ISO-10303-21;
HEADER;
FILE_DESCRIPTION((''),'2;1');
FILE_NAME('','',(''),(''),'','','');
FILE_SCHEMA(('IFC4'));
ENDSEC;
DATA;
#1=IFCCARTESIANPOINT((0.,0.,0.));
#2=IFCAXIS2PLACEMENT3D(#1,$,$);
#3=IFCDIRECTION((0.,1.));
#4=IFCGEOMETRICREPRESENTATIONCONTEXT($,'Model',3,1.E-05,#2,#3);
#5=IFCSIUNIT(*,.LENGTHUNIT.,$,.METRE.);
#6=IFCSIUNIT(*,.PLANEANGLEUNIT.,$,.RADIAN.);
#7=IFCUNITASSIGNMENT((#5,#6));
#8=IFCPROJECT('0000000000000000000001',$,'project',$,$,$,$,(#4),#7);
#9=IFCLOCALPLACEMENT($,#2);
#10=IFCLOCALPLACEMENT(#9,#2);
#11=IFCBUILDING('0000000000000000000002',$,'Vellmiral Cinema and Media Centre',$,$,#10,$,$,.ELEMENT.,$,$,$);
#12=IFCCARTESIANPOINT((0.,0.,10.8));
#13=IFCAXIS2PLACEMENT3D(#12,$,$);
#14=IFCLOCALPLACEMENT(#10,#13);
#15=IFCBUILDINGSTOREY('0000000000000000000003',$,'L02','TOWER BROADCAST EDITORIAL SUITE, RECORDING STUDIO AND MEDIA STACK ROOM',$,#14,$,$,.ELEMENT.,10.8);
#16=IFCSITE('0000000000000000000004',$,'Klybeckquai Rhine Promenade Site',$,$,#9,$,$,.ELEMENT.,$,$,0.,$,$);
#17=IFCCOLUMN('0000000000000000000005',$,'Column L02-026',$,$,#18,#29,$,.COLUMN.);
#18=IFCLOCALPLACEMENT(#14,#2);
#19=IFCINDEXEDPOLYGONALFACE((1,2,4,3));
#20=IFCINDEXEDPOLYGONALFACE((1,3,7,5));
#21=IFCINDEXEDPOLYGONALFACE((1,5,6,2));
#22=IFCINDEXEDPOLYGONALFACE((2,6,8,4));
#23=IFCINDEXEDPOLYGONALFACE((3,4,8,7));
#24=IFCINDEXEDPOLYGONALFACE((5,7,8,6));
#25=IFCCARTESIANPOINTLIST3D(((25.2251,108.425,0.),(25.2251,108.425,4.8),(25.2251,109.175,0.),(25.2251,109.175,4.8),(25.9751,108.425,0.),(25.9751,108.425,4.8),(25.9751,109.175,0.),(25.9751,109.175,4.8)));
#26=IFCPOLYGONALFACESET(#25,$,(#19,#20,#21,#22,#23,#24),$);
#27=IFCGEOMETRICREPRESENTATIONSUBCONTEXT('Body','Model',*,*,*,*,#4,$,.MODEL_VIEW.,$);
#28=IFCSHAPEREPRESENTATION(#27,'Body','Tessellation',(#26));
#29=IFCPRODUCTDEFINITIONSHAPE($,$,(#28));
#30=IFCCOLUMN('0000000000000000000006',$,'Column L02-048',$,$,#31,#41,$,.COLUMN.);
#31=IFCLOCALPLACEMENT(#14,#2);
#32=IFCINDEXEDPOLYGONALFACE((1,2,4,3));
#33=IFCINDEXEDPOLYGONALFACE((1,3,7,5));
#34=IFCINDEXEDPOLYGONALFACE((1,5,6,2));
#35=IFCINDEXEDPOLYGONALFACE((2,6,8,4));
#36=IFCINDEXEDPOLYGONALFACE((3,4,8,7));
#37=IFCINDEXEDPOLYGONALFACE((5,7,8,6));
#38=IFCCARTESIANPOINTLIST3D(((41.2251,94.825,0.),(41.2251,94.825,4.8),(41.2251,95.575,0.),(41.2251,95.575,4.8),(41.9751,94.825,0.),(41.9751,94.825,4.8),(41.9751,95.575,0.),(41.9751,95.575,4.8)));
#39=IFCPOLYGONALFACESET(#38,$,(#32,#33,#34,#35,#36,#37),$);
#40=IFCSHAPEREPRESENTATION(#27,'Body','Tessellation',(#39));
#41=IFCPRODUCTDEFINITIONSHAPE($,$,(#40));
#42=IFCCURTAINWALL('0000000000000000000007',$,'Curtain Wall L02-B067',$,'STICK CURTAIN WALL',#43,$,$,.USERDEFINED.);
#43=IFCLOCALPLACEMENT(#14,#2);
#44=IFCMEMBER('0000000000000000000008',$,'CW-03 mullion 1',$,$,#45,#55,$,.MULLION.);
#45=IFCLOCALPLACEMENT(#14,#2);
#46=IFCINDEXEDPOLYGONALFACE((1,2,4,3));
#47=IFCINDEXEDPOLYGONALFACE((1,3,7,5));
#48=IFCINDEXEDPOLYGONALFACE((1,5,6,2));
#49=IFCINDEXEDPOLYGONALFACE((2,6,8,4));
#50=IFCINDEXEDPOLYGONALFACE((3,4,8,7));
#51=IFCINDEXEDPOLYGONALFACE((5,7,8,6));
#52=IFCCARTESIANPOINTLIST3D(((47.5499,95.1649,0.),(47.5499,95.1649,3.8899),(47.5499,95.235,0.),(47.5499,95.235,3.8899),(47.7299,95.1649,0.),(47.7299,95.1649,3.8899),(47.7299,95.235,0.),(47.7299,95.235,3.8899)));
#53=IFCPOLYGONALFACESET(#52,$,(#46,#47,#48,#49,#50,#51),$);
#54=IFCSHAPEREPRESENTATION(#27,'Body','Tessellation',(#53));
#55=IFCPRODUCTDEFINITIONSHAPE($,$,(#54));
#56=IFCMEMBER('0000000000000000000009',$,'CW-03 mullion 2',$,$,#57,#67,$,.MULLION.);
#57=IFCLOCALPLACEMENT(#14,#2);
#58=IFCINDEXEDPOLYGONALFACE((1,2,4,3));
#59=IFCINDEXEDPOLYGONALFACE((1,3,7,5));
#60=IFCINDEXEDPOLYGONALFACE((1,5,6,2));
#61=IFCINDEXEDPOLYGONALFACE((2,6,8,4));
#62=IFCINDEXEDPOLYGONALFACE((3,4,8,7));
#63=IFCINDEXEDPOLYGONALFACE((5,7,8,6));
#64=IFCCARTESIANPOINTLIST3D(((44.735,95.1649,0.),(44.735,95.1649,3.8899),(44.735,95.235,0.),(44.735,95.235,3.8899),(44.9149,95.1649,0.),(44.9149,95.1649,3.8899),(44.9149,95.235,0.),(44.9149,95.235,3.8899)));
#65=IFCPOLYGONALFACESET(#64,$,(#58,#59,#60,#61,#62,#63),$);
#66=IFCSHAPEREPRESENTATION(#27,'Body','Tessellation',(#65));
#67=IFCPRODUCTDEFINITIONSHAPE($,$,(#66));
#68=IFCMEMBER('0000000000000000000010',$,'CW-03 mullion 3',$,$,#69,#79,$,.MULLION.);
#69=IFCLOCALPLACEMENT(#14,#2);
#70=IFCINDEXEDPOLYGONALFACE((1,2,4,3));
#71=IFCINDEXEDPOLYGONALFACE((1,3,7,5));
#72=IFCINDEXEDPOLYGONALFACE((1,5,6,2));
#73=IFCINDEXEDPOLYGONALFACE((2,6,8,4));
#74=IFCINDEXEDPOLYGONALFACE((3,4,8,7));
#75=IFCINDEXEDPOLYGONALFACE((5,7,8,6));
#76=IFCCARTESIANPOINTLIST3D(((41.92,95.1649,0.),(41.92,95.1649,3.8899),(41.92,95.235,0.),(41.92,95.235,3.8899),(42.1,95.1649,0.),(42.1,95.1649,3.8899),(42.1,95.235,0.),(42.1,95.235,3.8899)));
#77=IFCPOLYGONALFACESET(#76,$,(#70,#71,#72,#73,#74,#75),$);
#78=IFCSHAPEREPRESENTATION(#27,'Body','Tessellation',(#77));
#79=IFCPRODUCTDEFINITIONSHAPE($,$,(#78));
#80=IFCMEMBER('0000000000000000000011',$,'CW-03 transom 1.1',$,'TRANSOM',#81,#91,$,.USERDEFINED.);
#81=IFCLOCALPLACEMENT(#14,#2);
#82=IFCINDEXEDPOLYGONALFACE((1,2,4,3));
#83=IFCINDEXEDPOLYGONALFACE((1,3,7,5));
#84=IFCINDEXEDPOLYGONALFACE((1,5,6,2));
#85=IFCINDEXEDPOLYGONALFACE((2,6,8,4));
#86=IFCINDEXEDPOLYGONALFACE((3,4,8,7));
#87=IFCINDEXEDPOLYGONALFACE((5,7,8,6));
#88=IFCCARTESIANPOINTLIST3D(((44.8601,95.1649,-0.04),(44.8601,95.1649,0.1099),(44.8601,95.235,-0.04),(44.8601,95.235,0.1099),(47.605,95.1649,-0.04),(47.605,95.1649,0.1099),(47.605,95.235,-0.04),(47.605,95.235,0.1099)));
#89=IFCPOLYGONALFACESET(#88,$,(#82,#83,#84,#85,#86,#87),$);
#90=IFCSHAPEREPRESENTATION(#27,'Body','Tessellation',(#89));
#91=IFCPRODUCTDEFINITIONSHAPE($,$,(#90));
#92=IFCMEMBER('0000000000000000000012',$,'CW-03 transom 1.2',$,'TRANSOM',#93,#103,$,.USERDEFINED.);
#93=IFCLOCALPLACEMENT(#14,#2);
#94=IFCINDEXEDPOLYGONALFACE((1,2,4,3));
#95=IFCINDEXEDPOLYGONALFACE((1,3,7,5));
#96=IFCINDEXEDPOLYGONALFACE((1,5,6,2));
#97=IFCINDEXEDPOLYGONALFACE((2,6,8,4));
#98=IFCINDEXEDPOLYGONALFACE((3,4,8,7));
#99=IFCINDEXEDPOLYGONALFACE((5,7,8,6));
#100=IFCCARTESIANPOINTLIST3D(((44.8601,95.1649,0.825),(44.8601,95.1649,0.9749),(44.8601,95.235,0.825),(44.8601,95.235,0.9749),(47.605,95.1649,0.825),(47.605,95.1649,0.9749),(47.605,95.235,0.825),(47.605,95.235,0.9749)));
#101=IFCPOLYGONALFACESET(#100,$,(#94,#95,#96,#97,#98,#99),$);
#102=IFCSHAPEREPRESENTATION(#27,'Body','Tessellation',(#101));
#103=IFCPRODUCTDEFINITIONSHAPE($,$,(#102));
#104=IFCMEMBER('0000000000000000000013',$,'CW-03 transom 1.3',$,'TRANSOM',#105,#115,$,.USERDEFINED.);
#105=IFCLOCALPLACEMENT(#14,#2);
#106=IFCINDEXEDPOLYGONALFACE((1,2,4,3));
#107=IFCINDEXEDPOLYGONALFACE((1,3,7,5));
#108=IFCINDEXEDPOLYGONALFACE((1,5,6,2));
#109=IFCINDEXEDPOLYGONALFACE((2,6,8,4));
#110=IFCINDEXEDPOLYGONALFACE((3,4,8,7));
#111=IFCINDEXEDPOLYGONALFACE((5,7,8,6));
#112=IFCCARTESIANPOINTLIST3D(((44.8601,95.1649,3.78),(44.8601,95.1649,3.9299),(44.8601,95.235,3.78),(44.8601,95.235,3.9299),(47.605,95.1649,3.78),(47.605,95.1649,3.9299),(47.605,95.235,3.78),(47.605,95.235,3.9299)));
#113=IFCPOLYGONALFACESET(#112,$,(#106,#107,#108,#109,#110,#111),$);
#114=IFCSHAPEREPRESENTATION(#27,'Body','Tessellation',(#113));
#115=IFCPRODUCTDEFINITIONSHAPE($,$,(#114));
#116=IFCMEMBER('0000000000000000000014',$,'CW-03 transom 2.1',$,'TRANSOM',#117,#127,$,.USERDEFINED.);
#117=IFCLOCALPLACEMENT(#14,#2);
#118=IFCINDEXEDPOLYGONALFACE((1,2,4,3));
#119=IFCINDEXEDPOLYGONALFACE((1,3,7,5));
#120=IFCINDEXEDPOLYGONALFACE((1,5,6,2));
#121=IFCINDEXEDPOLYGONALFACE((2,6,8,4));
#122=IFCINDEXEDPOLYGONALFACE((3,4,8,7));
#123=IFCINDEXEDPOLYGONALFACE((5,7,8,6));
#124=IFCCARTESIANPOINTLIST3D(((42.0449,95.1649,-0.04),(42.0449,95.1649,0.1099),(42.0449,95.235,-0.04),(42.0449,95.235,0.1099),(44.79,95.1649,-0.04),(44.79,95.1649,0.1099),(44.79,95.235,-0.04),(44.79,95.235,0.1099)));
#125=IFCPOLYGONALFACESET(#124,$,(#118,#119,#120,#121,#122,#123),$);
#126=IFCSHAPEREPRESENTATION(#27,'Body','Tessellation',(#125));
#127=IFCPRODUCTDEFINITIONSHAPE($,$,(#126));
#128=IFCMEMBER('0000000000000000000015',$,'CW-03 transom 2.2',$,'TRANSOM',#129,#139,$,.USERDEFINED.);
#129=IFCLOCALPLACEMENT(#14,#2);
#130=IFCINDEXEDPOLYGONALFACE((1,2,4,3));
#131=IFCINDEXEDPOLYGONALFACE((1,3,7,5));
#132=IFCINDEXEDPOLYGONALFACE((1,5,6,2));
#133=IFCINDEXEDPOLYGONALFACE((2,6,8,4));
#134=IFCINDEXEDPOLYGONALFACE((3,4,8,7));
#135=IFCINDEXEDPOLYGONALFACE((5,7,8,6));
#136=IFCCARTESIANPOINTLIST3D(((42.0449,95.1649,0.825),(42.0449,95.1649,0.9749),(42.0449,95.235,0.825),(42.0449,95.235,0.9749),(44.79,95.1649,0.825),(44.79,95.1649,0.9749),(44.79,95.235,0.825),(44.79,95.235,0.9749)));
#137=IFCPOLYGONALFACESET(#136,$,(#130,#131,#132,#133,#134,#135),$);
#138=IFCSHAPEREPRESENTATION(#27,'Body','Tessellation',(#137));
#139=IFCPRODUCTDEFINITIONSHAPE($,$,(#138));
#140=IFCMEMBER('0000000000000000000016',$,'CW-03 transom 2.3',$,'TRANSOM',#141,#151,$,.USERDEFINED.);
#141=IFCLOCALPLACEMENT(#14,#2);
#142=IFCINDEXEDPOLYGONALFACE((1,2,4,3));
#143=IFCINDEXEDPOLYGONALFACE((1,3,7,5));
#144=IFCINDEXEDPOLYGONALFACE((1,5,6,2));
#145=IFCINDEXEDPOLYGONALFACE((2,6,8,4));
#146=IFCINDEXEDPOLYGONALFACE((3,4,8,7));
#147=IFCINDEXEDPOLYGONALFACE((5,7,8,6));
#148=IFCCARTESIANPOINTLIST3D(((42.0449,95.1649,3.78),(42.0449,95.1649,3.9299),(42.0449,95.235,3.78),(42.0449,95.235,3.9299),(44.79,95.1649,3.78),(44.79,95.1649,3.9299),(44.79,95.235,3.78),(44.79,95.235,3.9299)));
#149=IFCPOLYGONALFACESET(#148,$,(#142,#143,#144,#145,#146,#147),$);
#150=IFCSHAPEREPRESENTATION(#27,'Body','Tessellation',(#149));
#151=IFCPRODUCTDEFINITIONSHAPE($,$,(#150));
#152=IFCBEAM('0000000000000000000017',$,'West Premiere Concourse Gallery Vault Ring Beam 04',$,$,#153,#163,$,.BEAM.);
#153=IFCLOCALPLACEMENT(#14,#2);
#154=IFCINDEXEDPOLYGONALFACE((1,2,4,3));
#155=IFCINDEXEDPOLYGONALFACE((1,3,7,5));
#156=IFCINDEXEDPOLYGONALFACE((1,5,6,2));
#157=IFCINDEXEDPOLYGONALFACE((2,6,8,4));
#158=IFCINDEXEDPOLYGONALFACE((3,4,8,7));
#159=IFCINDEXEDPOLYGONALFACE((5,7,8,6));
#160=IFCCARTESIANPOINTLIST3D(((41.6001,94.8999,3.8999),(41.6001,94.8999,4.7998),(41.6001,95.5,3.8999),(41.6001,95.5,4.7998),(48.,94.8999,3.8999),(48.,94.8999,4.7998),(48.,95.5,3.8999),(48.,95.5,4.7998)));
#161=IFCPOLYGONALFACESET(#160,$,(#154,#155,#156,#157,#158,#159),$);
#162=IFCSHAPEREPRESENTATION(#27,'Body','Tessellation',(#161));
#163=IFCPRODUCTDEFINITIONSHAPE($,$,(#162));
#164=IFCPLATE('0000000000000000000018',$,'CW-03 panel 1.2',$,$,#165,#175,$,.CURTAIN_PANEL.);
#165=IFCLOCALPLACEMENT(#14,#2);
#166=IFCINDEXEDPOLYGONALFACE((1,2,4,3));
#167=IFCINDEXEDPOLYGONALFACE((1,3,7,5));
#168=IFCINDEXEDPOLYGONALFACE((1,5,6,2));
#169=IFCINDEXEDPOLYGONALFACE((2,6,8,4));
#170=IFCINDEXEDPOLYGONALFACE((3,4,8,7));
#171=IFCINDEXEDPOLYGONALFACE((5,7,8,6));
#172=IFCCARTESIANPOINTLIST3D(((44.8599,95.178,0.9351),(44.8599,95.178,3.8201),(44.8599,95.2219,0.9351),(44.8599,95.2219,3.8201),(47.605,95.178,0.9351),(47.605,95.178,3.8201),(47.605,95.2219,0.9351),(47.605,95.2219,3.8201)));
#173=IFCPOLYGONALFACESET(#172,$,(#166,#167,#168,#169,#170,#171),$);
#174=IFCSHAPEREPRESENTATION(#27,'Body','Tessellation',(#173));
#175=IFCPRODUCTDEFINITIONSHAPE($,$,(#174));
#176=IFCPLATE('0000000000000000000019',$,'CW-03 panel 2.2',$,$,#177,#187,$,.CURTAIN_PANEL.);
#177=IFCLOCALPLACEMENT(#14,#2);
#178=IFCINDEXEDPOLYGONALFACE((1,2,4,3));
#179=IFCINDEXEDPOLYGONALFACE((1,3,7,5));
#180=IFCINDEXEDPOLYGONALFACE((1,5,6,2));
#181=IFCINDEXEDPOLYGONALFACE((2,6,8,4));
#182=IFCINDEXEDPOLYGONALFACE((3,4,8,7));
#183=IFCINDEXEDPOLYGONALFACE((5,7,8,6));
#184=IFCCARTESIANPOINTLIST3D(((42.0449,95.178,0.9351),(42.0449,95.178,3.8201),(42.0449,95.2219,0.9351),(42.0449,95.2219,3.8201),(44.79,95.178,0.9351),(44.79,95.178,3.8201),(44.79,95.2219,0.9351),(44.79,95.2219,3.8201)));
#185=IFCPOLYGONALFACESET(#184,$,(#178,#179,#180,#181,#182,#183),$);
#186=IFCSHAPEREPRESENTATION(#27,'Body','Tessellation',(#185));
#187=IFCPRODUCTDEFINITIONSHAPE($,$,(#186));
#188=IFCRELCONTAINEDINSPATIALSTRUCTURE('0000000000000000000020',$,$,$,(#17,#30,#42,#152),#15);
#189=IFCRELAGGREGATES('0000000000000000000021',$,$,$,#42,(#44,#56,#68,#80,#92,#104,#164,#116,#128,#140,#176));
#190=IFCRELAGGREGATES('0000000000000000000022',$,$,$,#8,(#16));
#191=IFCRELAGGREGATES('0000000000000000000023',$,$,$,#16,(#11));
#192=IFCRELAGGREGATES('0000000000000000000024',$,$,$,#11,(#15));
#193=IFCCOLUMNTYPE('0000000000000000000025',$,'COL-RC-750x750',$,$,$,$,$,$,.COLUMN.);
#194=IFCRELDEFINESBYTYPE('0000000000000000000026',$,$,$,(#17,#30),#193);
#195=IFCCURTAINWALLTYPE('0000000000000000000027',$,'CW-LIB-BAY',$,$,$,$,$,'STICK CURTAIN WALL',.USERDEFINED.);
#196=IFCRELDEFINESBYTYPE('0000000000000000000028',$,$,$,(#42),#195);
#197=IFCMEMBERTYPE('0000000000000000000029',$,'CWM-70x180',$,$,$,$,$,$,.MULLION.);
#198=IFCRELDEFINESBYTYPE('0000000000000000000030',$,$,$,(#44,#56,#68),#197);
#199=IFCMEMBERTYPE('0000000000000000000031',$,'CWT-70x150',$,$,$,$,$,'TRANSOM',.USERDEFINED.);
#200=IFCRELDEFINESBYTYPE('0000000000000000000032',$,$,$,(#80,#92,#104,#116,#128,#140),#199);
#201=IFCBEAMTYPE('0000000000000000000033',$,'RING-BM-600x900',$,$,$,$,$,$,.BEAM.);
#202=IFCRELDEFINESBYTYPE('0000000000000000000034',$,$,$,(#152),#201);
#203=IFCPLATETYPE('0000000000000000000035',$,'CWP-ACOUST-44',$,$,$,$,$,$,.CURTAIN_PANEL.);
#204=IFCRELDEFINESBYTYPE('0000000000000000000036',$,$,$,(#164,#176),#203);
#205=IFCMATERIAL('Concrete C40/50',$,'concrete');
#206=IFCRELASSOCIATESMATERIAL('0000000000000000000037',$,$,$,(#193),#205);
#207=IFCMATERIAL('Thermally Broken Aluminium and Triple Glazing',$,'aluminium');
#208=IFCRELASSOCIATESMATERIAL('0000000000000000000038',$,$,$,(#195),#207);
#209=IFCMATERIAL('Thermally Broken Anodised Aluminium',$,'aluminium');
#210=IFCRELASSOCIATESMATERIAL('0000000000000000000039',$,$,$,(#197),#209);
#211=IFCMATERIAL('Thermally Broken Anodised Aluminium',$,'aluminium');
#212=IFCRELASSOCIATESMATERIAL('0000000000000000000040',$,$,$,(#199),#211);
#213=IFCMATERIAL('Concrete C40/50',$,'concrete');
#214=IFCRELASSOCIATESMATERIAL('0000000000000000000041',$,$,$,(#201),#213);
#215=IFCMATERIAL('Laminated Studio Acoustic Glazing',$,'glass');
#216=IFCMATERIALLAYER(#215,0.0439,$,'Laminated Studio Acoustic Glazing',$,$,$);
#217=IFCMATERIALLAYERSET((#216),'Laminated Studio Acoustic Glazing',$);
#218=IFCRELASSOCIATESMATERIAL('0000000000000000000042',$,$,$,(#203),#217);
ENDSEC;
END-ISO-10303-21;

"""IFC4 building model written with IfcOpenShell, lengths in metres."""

from ifc_helpers import new_model, si_unit, direction, frame, origin, origin_2d, place, context, subcontext, project, spatial, rectangle, extrude, material, layer, layer_set, material_profile, profile_set, type_object, element, aggregate, save


model = new_model("IFC4")

# Units and contexts
model_context = context("Model", 3, precision=1e-05, world=origin(), true_north=direction((0.0, 1.0)))
body_context = subcontext(model_context, "Body", "Model", "MODEL_VIEW")
ifc_project = project(units=[si_unit("LENGTHUNIT", "METRE"), si_unit("PLANEANGLEUNIT", "RADIAN")], contexts=[model_context])

# Site, building, storey
site_placement = place(None, origin())
site = spatial("IfcSite", under=ifc_project, at=site_placement, Name="Klybeckquai Rhine Promenade Site", CompositionType="ELEMENT", RefElevation=0.0)
building_placement = place(site_placement, origin())
building = spatial("IfcBuilding", under=site, at=building_placement, Name="Vellmiral Cinema and Media Centre", CompositionType="ELEMENT")
storey_placement = place(building_placement, frame((0.0, 0.0, 10.8)))
storey = spatial("IfcBuildingStorey", under=building, at=storey_placement, Name="L02", Description="TOWER BROADCAST EDITORIAL SUITE, RECORDING STUDIO AND MEDIA STACK ROOM", CompositionType="ELEMENT", Elevation=10.8)

# Columns
ifc_material_1 = material(Name="Concrete C40/50", Category="concrete")
ifc_material_profile_1 = material_profile(ifc_material_1, rectangle(XDim=0.75, YDim=0.75, at=origin_2d()), Name="RC 750x750")
ifc_profile_set_1 = profile_set([ifc_material_profile_1], Name="Concrete C40/50")
column_type = type_object("IfcColumnType", Name="COL-RC-750x750", PredefinedType="COLUMN", material=ifc_profile_set_1)
for number, where, z_axis, x_axis, name in (
    (1, (25.6001, 108.8, 0.0), (0.0, 0.0, 1.0), (1.0, 0.0, 0.0), "Column L02-026"),
    (2, (41.6001, 95.2, 0.0), (0.0, 0.0, 1.0), (1.0, 0.0, 0.0), "Column L02-048"),
):
    element("IfcColumn", number, at=place(storey_placement, frame(where, z_axis=z_axis, x_axis=x_axis)), inside=storey, type_object=column_type, Name=name, PredefinedType="COLUMN", context=body_context, shape_type="SweptSolid", body=[
        extrude(rectangle(XDim=0.75, YDim=0.75, at=origin_2d()), origin(), (0.0, 0.0, 1.0), 4.8),
    ])

# Curtain wall, members
ifc_material_2 = material(Name="Thermally Broken Aluminium and Triple Glazing", Category="aluminium")
curtain_wall_type = type_object("IfcCurtainWallType", Name="CW-LIB-BAY", ElementType="STICK CURTAIN WALL", PredefinedType="USERDEFINED", material=ifc_material_2)
curtain_wall_placement = place(storey_placement, origin())
curtain_wall = element("IfcCurtainWall", 3, at=curtain_wall_placement, inside=storey, type_object=curtain_wall_type, Name="Curtain Wall L02-B067", ObjectType="STICK CURTAIN WALL", PredefinedType="USERDEFINED")
ifc_material_3 = material(Name="Thermally Broken Anodised Aluminium", Category="aluminium")
ifc_material_profile_2 = material_profile(ifc_material_3, rectangle(XDim=0.0701, YDim=0.1799, at=origin_2d()), Name="MULL 70x180")
ifc_profile_set_2 = profile_set([ifc_material_profile_2], Name="Thermally Broken Anodised Aluminium")
member_type_1 = type_object("IfcMemberType", Name="CWM-70x180", PredefinedType="MULLION", material=ifc_profile_set_2)
member_1_placement = place(storey_placement, frame((47.6399, 95.2, 0.0), z_axis=(0.0, 0.0, 1.0), x_axis=(0.0, -1.0, 0.0)))
member_1 = element("IfcMember", 4, at=member_1_placement, type_object=member_type_1, Name="CW-03 mullion 1", PredefinedType="MULLION", context=body_context, shape_type="SweptSolid", body=[
    extrude(rectangle(XDim=0.0701, YDim=0.1799, at=origin_2d()), origin(), (0.0, 0.0, 1.0), 3.8899),
])
member_2_placement = place(storey_placement, frame((44.825, 95.2, 0.0), z_axis=(0.0, 0.0, 1.0), x_axis=(0.0, -1.0, 0.0)))
member_2 = element("IfcMember", 5, at=member_2_placement, type_object=member_type_1, Name="CW-03 mullion 2", PredefinedType="MULLION", context=body_context, shape_type="SweptSolid", body=[
    extrude(rectangle(XDim=0.0701, YDim=0.1799, at=origin_2d()), origin(), (0.0, 0.0, 1.0), 3.8899),
])
member_3_placement = place(storey_placement, frame((42.01, 95.2, 0.0), z_axis=(0.0, 0.0, 1.0), x_axis=(0.0, -1.0, 0.0)))
member_3 = element("IfcMember", 6, at=member_3_placement, type_object=member_type_1, Name="CW-03 mullion 3", PredefinedType="MULLION", context=body_context, shape_type="SweptSolid", body=[
    extrude(rectangle(XDim=0.0701, YDim=0.1799, at=origin_2d()), origin(), (0.0, 0.0, 1.0), 3.8899),
])
ifc_material_4 = material(Name="Thermally Broken Anodised Aluminium", Category="aluminium")
ifc_material_profile_3 = material_profile(ifc_material_4, rectangle(XDim=0.0701, YDim=0.1499, at=origin_2d()), Name="MULL 70x150")
ifc_profile_set_3 = profile_set([ifc_material_profile_3], Name="Thermally Broken Anodised Aluminium")
member_type_2 = type_object("IfcMemberType", Name="CWT-70x150", ElementType="TRANSOM", PredefinedType="USERDEFINED", material=ifc_profile_set_3)
member_4_placement = place(storey_placement, frame((47.605, 95.2, 0.0349), z_axis=(-1.0, 0.0, 0.0), x_axis=(0.0, -1.0, 0.0)))
member_4 = element("IfcMember", 7, at=member_4_placement, type_object=member_type_2, Name="CW-03 transom 1.1", ObjectType="TRANSOM", PredefinedType="USERDEFINED", context=body_context, shape_type="SweptSolid", body=[
    extrude(rectangle(XDim=0.0701, YDim=0.1499, at=origin_2d()), origin(), (0.0, 0.0, 1.0), 2.7449),
])
member_5_placement = place(storey_placement, frame((47.605, 95.2, 0.8999), z_axis=(-1.0, 0.0, 0.0), x_axis=(0.0, -1.0, 0.0)))
member_5 = element("IfcMember", 8, at=member_5_placement, type_object=member_type_2, Name="CW-03 transom 1.2", ObjectType="TRANSOM", PredefinedType="USERDEFINED", context=body_context, shape_type="SweptSolid", body=[
    extrude(rectangle(XDim=0.0701, YDim=0.1499, at=origin_2d()), origin(), (0.0, 0.0, 1.0), 2.7449),
])
member_6_placement = place(storey_placement, frame((47.605, 95.2, 3.855), z_axis=(-1.0, 0.0, 0.0), x_axis=(0.0, -1.0, 0.0)))
member_6 = element("IfcMember", 9, at=member_6_placement, type_object=member_type_2, Name="CW-03 transom 1.3", ObjectType="TRANSOM", PredefinedType="USERDEFINED", context=body_context, shape_type="SweptSolid", body=[
    extrude(rectangle(XDim=0.0701, YDim=0.1499, at=origin_2d()), origin(), (0.0, 0.0, 1.0), 2.7449),
])
member_7_placement = place(storey_placement, frame((44.79, 95.2, 0.0349), z_axis=(-1.0, 0.0, 0.0), x_axis=(0.0, -1.0, 0.0)))
member_7 = element("IfcMember", 10, at=member_7_placement, type_object=member_type_2, Name="CW-03 transom 2.1", ObjectType="TRANSOM", PredefinedType="USERDEFINED", context=body_context, shape_type="SweptSolid", body=[
    extrude(rectangle(XDim=0.0701, YDim=0.1499, at=origin_2d()), origin(), (0.0, 0.0, 1.0), 2.7451),
])
member_8_placement = place(storey_placement, frame((44.79, 95.2, 0.8999), z_axis=(-1.0, 0.0, 0.0), x_axis=(0.0, -1.0, 0.0)))
member_8 = element("IfcMember", 11, at=member_8_placement, type_object=member_type_2, Name="CW-03 transom 2.2", ObjectType="TRANSOM", PredefinedType="USERDEFINED", context=body_context, shape_type="SweptSolid", body=[
    extrude(rectangle(XDim=0.0701, YDim=0.1499, at=origin_2d()), origin(), (0.0, 0.0, 1.0), 2.7451),
])
member_9_placement = place(storey_placement, frame((44.79, 95.2, 3.855), z_axis=(-1.0, 0.0, 0.0), x_axis=(0.0, -1.0, 0.0)))
member_9 = element("IfcMember", 12, at=member_9_placement, type_object=member_type_2, Name="CW-03 transom 2.3", ObjectType="TRANSOM", PredefinedType="USERDEFINED", context=body_context, shape_type="SweptSolid", body=[
    extrude(rectangle(XDim=0.0701, YDim=0.1499, at=origin_2d()), origin(), (0.0, 0.0, 1.0), 2.7451),
])

# Beam
ifc_material_5 = material(Name="Concrete C40/50", Category="concrete")
ifc_material_profile_4 = material_profile(ifc_material_5, rectangle(XDim=0.6001, YDim=0.8999, at=origin_2d()), Name="RC 600x900")
ifc_profile_set_4 = profile_set([ifc_material_profile_4], Name="Concrete C40/50")
beam_type = type_object("IfcBeamType", Name="RING-BM-600x900", PredefinedType="BEAM", material=ifc_profile_set_4)
beam_placement = place(storey_placement, frame((41.6001, 95.2, 4.3499), z_axis=(1.0, 0.0, 0.0), x_axis=(0.0, 1.0, 0.0)))
element("IfcBeam", 13, at=beam_placement, inside=storey, type_object=beam_type, Name="West Premiere Concourse Gallery Vault Ring Beam 04", PredefinedType="BEAM", context=body_context, shape_type="SweptSolid", body=[
    extrude(rectangle(XDim=0.6001, YDim=0.8999, at=origin_2d()), origin(), (0.0, 0.0, 1.0), 6.3999),
])

# Plates
ifc_material_6 = material(Name="Laminated Studio Acoustic Glazing", Category="glass")
ifc_layer_1 = layer(ifc_material_6, 0.0439, Name="Laminated Studio Acoustic Glazing")
ifc_layer_set_1 = layer_set([ifc_layer_1], Name="Laminated Studio Acoustic Glazing")
plate_type_1 = type_object("IfcPlateType", Name="CWP-ACOUST-44", PredefinedType="CURTAIN_PANEL", material=ifc_layer_set_1)
plate_1_placement = place(storey_placement, frame((46.2324, 95.2, 0.9351), z_axis=(0.0, 0.0, 1.0), x_axis=(-1.0, 0.0, 0.0)))
plate_1 = element("IfcPlate", 14, at=plate_1_placement, type_object=plate_type_1, Name="CW-03 panel 1.2", PredefinedType="CURTAIN_PANEL", context=body_context, shape_type="SweptSolid", body=[
    extrude(rectangle(XDim=2.7451, YDim=0.0439, at=origin_2d()), origin(), (0.0, 0.0, 1.0), 2.885),
])
plate_2_placement = place(storey_placement, frame((43.4175, 95.2, 0.9351), z_axis=(0.0, 0.0, 1.0), x_axis=(-1.0, 0.0, 0.0)))
plate_2 = element("IfcPlate", 15, at=plate_2_placement, type_object=plate_type_1, Name="CW-03 panel 2.2", PredefinedType="CURTAIN_PANEL", context=body_context, shape_type="SweptSolid", body=[
    extrude(rectangle(XDim=2.7451, YDim=0.0439, at=origin_2d()), origin(), (0.0, 0.0, 1.0), 2.885),
])
aggregate(curtain_wall, [member_1, member_2, member_3, member_4, member_5, member_6, plate_1, member_7, member_8, member_9, plate_2])

save(model, "model.ifc")
